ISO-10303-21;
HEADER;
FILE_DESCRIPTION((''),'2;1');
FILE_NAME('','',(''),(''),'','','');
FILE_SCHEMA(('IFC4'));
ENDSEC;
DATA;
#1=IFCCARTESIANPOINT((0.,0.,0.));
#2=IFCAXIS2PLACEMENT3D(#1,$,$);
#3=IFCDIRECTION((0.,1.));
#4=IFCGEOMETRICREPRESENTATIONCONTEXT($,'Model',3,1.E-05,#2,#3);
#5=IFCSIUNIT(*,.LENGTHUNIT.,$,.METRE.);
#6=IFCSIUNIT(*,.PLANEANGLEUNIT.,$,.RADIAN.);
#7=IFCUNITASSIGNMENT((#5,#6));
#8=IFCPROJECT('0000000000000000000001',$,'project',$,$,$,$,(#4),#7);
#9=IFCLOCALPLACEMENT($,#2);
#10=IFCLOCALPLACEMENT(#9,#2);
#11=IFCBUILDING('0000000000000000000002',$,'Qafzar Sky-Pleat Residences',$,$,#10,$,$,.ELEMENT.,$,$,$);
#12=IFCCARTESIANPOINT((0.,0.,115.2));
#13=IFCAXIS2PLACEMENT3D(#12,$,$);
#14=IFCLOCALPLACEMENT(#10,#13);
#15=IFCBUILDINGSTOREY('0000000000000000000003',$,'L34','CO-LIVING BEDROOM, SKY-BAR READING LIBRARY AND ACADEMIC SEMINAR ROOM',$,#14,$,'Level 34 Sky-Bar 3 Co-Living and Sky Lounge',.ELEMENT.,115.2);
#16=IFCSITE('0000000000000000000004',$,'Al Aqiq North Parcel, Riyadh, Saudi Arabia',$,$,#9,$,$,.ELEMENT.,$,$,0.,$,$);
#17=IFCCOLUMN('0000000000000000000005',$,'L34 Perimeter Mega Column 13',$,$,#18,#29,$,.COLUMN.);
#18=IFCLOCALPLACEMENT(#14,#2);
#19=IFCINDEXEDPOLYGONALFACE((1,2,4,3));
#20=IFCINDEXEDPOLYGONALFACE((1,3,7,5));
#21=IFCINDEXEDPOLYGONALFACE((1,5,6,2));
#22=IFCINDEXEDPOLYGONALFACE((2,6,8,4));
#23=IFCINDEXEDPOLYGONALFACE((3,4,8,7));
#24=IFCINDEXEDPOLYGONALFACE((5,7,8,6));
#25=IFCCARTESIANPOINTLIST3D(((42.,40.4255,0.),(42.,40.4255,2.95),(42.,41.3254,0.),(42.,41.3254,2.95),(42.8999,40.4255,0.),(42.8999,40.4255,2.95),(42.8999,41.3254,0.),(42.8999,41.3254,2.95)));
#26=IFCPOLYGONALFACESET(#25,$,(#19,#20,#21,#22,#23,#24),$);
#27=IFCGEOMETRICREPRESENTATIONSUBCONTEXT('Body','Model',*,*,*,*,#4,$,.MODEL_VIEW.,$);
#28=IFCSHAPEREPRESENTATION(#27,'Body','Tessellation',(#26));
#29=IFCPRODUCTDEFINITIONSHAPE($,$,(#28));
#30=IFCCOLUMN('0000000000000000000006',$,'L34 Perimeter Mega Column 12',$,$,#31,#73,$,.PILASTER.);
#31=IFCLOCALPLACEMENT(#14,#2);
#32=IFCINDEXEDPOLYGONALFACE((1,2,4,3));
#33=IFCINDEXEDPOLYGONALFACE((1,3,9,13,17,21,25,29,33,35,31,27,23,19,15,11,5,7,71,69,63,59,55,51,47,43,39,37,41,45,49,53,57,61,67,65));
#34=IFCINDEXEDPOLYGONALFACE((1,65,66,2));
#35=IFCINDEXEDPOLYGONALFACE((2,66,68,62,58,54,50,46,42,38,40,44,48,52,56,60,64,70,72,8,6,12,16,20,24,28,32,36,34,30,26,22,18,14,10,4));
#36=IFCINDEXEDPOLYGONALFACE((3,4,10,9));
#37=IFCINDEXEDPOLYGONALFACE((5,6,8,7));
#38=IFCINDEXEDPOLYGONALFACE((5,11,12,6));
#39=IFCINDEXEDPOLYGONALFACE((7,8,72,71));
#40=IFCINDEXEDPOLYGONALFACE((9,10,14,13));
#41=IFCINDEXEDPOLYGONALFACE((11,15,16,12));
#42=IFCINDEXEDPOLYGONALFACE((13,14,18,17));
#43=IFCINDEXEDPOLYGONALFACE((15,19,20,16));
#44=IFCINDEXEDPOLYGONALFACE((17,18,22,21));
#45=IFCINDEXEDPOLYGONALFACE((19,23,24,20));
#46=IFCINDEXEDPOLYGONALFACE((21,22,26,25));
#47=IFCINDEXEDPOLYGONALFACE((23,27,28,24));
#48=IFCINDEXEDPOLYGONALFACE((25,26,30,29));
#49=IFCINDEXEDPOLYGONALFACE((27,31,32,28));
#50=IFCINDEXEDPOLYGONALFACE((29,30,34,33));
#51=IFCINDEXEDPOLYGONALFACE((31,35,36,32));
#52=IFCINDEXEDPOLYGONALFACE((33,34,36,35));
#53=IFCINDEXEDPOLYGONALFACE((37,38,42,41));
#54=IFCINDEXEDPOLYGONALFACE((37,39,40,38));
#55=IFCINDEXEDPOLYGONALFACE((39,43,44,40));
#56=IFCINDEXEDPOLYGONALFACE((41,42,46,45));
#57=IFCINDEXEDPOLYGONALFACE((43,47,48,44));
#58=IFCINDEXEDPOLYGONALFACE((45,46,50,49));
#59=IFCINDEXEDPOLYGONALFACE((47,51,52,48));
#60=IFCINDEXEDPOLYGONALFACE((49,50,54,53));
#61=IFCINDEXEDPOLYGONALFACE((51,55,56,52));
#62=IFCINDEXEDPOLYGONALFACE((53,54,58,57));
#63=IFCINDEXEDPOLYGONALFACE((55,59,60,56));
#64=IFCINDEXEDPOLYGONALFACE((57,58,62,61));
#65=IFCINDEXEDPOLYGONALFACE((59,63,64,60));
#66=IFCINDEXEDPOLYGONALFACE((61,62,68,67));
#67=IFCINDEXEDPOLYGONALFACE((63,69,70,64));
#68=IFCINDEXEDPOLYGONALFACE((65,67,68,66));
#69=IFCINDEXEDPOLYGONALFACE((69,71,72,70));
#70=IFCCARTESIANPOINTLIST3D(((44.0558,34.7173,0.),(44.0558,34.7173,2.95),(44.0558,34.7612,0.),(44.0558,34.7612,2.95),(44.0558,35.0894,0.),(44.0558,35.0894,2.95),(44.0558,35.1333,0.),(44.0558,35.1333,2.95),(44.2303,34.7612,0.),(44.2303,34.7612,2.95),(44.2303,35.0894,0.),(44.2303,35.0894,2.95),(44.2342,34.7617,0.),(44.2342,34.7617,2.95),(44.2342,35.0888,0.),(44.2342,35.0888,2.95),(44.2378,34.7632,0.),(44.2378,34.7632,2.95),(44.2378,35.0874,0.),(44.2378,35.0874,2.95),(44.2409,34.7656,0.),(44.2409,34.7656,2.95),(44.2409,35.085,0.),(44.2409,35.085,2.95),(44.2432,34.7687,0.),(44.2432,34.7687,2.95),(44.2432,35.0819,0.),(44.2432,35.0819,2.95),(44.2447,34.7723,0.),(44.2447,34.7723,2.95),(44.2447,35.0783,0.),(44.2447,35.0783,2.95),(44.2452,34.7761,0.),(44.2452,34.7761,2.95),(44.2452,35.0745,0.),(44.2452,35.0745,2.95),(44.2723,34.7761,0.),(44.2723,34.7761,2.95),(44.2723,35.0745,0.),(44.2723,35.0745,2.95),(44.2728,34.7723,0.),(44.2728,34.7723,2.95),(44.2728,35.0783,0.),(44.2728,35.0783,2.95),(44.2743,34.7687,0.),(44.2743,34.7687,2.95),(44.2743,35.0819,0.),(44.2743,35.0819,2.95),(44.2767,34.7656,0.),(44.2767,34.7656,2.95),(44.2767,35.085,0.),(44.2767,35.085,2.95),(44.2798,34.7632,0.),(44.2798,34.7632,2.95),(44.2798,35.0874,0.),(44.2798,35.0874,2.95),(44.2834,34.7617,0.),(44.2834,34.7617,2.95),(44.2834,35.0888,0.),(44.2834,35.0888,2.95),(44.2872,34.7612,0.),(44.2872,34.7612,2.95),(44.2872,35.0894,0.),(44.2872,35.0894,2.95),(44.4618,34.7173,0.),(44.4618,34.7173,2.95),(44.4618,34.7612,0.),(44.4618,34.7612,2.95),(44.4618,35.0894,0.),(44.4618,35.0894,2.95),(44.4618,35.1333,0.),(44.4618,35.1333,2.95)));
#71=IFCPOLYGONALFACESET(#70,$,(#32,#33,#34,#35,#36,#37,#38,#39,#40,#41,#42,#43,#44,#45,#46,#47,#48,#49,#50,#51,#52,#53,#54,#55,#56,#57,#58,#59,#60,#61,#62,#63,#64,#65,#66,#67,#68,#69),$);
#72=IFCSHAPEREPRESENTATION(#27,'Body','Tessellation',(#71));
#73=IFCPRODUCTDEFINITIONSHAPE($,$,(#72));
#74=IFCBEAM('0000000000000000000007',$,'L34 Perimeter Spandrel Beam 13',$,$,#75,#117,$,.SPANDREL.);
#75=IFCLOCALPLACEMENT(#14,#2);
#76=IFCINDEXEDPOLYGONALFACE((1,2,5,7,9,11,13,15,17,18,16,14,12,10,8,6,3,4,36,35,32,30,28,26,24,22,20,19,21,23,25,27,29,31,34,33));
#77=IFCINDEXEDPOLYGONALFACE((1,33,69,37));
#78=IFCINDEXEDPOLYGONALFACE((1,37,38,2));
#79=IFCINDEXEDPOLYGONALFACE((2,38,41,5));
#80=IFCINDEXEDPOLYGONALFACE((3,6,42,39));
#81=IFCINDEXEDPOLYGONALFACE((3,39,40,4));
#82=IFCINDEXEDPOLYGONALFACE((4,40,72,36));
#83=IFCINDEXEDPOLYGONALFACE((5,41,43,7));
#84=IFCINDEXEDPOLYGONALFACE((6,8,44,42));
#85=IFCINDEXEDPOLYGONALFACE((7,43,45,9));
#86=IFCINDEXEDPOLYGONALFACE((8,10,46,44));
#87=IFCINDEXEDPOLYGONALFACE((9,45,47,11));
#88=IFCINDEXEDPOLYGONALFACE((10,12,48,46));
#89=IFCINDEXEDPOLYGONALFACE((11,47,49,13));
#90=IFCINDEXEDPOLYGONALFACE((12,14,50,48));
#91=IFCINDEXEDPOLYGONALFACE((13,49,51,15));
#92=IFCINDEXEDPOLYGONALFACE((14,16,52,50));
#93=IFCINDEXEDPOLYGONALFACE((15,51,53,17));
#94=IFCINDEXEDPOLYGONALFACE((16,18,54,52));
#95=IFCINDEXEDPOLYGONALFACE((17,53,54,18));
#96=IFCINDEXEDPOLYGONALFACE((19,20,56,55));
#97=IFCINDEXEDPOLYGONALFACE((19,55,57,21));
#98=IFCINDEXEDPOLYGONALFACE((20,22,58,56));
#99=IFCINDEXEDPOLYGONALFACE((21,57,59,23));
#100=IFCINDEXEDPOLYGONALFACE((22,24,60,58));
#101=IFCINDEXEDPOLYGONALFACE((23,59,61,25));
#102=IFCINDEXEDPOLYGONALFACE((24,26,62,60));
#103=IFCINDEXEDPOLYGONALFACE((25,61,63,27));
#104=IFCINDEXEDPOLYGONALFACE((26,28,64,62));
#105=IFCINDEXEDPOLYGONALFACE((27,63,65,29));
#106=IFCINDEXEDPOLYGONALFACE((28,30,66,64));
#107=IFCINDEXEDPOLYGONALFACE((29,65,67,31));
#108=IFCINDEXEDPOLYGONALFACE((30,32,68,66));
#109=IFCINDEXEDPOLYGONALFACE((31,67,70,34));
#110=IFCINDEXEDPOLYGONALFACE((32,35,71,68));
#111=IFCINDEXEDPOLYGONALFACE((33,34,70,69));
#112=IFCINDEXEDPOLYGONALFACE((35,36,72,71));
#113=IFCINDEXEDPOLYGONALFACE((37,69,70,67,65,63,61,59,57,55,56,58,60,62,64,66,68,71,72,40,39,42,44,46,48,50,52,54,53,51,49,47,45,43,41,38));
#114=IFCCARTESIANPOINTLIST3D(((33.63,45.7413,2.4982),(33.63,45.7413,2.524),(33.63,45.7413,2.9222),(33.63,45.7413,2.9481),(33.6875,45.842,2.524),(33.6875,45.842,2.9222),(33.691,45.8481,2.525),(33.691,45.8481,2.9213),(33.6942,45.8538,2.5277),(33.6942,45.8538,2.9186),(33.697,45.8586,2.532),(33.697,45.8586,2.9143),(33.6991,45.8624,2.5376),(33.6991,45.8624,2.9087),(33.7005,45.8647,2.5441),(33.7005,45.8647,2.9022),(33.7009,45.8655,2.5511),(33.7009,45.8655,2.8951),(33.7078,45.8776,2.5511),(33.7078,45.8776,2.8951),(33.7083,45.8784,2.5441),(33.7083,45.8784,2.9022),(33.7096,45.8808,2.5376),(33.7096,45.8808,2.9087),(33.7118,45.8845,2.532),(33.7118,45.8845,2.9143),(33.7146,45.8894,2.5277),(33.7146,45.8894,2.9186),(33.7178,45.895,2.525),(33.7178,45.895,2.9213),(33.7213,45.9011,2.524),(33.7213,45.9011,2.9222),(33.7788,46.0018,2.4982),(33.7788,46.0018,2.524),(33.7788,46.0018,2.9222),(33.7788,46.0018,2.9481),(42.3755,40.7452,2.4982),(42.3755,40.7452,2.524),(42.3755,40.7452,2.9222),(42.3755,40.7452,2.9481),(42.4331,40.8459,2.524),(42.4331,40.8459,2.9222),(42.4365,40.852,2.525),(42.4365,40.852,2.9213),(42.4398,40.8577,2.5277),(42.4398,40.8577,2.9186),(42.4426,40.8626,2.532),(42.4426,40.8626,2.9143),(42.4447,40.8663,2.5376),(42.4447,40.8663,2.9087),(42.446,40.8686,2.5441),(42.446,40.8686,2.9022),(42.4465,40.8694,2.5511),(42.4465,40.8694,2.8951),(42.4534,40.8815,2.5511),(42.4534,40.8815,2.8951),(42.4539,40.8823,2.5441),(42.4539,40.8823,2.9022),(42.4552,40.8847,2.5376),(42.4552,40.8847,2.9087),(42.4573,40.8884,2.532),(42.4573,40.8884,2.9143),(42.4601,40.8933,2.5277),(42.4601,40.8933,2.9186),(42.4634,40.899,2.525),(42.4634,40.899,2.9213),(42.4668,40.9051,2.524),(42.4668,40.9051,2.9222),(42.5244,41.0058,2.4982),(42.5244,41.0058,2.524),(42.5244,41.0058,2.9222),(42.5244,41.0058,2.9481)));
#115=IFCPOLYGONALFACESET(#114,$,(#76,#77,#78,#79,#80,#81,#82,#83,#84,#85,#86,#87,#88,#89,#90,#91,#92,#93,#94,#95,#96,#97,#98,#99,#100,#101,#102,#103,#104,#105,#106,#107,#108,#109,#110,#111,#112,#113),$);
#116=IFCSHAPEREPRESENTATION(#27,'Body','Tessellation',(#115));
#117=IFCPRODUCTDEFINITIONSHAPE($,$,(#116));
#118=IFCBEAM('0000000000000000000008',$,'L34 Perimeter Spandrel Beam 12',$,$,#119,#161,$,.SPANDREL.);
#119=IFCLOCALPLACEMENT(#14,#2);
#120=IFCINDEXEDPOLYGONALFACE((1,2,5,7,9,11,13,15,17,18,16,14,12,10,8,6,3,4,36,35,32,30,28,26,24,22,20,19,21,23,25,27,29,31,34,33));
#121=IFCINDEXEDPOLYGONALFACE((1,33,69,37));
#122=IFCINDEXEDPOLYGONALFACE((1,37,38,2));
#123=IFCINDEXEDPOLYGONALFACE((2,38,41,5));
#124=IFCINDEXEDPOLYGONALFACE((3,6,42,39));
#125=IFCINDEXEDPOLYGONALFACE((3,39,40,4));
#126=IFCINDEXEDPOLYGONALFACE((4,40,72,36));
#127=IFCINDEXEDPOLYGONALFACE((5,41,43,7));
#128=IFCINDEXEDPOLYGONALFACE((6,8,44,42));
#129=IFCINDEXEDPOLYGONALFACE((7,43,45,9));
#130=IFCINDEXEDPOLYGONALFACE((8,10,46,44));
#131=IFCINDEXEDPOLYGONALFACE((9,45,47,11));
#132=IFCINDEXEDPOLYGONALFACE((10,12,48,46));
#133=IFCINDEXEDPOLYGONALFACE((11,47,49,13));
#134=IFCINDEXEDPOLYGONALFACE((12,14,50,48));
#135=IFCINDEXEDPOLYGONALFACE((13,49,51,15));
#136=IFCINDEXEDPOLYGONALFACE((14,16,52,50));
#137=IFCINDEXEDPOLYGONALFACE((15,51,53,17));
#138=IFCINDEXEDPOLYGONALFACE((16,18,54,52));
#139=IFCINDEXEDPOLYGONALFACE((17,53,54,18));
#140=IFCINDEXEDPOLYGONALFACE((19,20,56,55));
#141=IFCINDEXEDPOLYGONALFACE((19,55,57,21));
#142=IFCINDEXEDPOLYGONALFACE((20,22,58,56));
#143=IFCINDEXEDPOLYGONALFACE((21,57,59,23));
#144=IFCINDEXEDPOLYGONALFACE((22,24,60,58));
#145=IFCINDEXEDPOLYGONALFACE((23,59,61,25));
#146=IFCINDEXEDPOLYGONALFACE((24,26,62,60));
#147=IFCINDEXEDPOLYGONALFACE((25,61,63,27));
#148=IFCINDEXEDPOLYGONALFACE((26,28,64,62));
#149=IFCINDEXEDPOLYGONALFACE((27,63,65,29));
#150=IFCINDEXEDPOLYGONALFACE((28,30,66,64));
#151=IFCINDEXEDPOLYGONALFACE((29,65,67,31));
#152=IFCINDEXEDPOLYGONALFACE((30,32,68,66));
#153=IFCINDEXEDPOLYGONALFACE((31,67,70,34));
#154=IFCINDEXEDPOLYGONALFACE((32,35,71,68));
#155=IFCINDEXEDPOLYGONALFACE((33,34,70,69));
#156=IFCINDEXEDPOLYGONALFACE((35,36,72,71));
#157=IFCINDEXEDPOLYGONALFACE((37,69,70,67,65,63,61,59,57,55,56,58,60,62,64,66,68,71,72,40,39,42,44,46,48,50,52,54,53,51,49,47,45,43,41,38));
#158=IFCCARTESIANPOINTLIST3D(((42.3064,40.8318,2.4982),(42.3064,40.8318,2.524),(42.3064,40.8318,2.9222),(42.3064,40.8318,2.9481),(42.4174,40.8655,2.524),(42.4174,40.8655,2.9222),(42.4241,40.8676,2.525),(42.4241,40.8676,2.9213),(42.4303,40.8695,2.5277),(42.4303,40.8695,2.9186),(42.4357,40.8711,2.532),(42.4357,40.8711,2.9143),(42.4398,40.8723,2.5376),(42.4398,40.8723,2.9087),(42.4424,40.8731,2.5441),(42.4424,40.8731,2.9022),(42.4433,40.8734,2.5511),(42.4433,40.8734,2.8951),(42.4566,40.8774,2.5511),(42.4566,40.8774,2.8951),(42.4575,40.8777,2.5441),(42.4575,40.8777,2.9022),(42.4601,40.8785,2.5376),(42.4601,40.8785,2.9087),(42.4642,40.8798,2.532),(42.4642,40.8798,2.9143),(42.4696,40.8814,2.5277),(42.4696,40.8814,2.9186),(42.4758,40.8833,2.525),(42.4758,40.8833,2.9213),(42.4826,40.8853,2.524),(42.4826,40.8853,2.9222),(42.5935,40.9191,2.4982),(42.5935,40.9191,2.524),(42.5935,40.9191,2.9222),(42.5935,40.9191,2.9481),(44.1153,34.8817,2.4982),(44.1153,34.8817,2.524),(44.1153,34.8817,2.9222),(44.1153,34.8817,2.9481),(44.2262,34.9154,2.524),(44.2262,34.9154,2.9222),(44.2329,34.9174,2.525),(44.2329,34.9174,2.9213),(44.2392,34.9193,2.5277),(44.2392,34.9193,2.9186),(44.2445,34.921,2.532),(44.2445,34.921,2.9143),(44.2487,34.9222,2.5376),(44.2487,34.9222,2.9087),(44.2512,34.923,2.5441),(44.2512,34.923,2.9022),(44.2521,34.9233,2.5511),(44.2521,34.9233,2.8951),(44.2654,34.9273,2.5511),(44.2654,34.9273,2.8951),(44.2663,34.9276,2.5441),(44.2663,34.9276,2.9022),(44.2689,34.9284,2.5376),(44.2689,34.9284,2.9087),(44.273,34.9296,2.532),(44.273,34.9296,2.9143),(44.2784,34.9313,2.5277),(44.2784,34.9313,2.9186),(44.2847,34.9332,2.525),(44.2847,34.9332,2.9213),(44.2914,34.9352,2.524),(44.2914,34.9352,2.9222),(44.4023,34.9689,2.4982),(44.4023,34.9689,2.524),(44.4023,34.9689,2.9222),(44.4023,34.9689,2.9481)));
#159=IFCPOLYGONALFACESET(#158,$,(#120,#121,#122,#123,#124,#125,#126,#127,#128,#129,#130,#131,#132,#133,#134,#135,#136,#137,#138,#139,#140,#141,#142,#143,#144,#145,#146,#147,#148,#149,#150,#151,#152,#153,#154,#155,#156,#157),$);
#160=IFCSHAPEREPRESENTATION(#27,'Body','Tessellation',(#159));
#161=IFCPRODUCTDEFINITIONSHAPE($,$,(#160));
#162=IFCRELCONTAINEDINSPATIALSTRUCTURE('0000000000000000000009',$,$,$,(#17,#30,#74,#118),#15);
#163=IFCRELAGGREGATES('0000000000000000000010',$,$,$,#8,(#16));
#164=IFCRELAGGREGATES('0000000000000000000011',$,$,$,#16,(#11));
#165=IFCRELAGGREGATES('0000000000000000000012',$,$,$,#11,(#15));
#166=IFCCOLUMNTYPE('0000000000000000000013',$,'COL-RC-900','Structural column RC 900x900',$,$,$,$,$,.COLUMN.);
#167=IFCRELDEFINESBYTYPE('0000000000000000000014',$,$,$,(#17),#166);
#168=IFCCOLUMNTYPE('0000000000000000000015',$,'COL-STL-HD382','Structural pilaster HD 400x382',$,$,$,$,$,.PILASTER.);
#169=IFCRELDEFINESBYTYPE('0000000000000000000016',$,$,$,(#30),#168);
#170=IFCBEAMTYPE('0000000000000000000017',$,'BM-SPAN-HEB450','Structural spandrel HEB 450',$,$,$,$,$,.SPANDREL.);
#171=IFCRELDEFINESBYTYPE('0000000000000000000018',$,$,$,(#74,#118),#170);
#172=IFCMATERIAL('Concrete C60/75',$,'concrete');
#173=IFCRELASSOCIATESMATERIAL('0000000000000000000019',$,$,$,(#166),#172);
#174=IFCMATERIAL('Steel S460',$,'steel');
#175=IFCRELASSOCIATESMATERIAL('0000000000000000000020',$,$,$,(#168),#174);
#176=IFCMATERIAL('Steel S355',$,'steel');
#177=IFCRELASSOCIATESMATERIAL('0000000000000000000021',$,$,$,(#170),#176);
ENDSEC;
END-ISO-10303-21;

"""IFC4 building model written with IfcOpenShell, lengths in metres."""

from ifc_helpers import new_model, si_unit, direction, frame, origin, origin_2d, place, context, subcontext, project, spatial, rectangle, i_section, extrude, source, transform, mapped, material, material_profile, profile_set, type_object, element, save


model = new_model("IFC4")

# Units and contexts
model_context = context("Model", 3, precision=1e-05, world=origin(), true_north=direction((0.0, 1.0)))
body_context = subcontext(model_context, "Body", "Model", "MODEL_VIEW")
ifc_project = project(units=[si_unit("LENGTHUNIT", "METRE"), si_unit("PLANEANGLEUNIT", "RADIAN")], contexts=[model_context])

# Site, building, storey
site_placement = place(None, origin())
site = spatial("IfcSite", under=ifc_project, at=site_placement, Name="Al Aqiq North Parcel, Riyadh, Saudi Arabia", CompositionType="ELEMENT", RefElevation=0.0)
building_placement = place(site_placement, origin())
building = spatial("IfcBuilding", under=site, at=building_placement, Name="Qafzar Sky-Pleat Residences", CompositionType="ELEMENT")
storey_placement = place(building_placement, frame((0.0, 0.0, 115.2)))
storey = spatial("IfcBuildingStorey", under=building, at=storey_placement, Name="L34", Description="CO-LIVING BEDROOM, SKY-BAR READING LIBRARY AND ACADEMIC SEMINAR ROOM", LongName="Level 34 Sky-Bar 3 Co-Living and Sky Lounge", CompositionType="ELEMENT", Elevation=115.2)

# Columns
ifc_material_1 = material(Name="Concrete C60/75", Category="concrete")
ifc_material_profile_1 = material_profile(ifc_material_1, rectangle(XDim=0.8999, YDim=0.8999, at=origin_2d()), Name="RC 900x900")
ifc_profile_set_1 = profile_set([ifc_material_profile_1], Name="Concrete C60/75")
column_type_1 = type_object("IfcColumnType", Name="COL-RC-900", Description="Structural column RC 900x900", PredefinedType="COLUMN", material=ifc_profile_set_1)
shared_shape_1 = source(origin(), body_context, "Body", "SweptSolid", [
    extrude(rectangle(XDim=0.8999, YDim=0.8999, at=origin_2d()), origin(), (0.0, 0.0, 1.0), 2.95),
])
column_1_placement = place(storey_placement, frame((42.45, 40.8755, 0.0), z_axis=(0.0, 0.0, 1.0), x_axis=(1.0, 0.0, 0.0)))
element("IfcColumn", 1, at=column_1_placement, inside=storey, type_object=column_type_1, Name="L34 Perimeter Mega Column 13", PredefinedType="COLUMN", context=body_context, shape_type="MappedRepresentation", body=[
    mapped(shared_shape_1, transform((0.0, 0.0, 0.0), x_axis=(1.0, 0.0, 0.0), y_axis=(0.0, 1.0, 0.0), z_axis=(0.0, 0.0, 1.0), scale=1.0)),
])
ifc_material_2 = material(Name="Steel S460", Category="steel")
ifc_material_profile_2 = material_profile(ifc_material_2, i_section(OverallWidth=0.406, OverallDepth=0.416, WebThickness=0.0271, FlangeThickness=0.0439, FilletRadius=0.0149, at=origin_2d()), Name="HD 400x382")
ifc_profile_set_2 = profile_set([ifc_material_profile_2], Name="Steel S460")
column_type_2 = type_object("IfcColumnType", Name="COL-STL-HD382", Description="Structural pilaster HD 400x382", PredefinedType="PILASTER", material=ifc_profile_set_2)
shared_shape_2 = source(origin(), body_context, "Body", "SweptSolid", [
    extrude(i_section(OverallWidth=0.406, OverallDepth=0.416, WebThickness=0.0271, FlangeThickness=0.0439, FilletRadius=0.0149, at=origin_2d()), origin(), (0.0, 0.0, 1.0), 2.95),
])
column_2_placement = place(storey_placement, frame((44.2588, 34.9253, 0.0), z_axis=(0.0, 0.0, 1.0), x_axis=(1.0, 0.0, 0.0)))
element("IfcColumn", 2, at=column_2_placement, inside=storey, type_object=column_type_2, Name="L34 Perimeter Mega Column 12", PredefinedType="PILASTER", context=body_context, shape_type="MappedRepresentation", body=[
    mapped(shared_shape_2, transform((0.0, 0.0, 0.0), x_axis=(1.0, 0.0, 0.0), y_axis=(0.0, 1.0, 0.0), z_axis=(0.0, 0.0, 1.0), scale=1.0)),
])

# Beams
ifc_material_3 = material(Name="Steel S355", Category="steel")
ifc_material_profile_3 = material_profile(ifc_material_3, i_section(OverallWidth=0.3, OverallDepth=0.45, WebThickness=0.0139, FlangeThickness=0.0259, FilletRadius=0.0271, at=origin_2d()), Name="HEB 450")
ifc_profile_set_3 = profile_set([ifc_material_profile_3], Name="Steel S355")
beam_type_1 = type_object("IfcBeamType", Name="BM-SPAN-HEB450", Description="Structural spandrel HEB 450", PredefinedType="SPANDREL", material=ifc_profile_set_3)
shared_shape_3 = source(origin(), body_context, "Body", "SweptSolid", [
    extrude(i_section(OverallWidth=0.3, OverallDepth=0.45, WebThickness=0.0139, FlangeThickness=0.0259, FilletRadius=0.0271, at=origin_2d()), origin(), (0.0, 0.0, 1.0), 10.072),
])
beam_1_placement = place(storey_placement, frame((42.45, 40.8755, 2.7231), z_axis=(-0.868303, 0.496035, 0.0), x_axis=(-0.496035, -0.868303, 0.0)))
element("IfcBeam", 3, at=beam_1_placement, inside=storey, type_object=beam_type_1, Name="L34 Perimeter Spandrel Beam 13", PredefinedType="SPANDREL", context=body_context, shape_type="MappedRepresentation", body=[
    mapped(shared_shape_3, transform((0.0, 0.0, 0.0), x_axis=(1.0, 0.0, 0.0), y_axis=(0.0, 1.0, 0.0), z_axis=(0.0, 0.0, 1.0), scale=1.0)),
])
shared_shape_4 = source(origin(), body_context, "Body", "SweptSolid", [
    extrude(i_section(OverallWidth=0.3, OverallDepth=0.45, WebThickness=0.0139, FlangeThickness=0.0259, FilletRadius=0.0271, at=origin_2d()), origin(), (0.0, 0.0, 1.0), 6.219),
])
beam_2_placement = place(storey_placement, frame((44.2588, 34.9253, 2.7231), z_axis=(-0.290854, 0.956767, 0.0), x_axis=(-0.956767, -0.290854, 0.0)))
element("IfcBeam", 4, at=beam_2_placement, inside=storey, type_object=beam_type_1, Name="L34 Perimeter Spandrel Beam 12", PredefinedType="SPANDREL", context=body_context, shape_type="MappedRepresentation", body=[
    mapped(shared_shape_4, transform((0.0, 0.0, 0.0), x_axis=(1.0, 0.0, 0.0), y_axis=(0.0, 1.0, 0.0), z_axis=(0.0, 0.0, 1.0), scale=1.0)),
])

save(model, "model.ifc")
